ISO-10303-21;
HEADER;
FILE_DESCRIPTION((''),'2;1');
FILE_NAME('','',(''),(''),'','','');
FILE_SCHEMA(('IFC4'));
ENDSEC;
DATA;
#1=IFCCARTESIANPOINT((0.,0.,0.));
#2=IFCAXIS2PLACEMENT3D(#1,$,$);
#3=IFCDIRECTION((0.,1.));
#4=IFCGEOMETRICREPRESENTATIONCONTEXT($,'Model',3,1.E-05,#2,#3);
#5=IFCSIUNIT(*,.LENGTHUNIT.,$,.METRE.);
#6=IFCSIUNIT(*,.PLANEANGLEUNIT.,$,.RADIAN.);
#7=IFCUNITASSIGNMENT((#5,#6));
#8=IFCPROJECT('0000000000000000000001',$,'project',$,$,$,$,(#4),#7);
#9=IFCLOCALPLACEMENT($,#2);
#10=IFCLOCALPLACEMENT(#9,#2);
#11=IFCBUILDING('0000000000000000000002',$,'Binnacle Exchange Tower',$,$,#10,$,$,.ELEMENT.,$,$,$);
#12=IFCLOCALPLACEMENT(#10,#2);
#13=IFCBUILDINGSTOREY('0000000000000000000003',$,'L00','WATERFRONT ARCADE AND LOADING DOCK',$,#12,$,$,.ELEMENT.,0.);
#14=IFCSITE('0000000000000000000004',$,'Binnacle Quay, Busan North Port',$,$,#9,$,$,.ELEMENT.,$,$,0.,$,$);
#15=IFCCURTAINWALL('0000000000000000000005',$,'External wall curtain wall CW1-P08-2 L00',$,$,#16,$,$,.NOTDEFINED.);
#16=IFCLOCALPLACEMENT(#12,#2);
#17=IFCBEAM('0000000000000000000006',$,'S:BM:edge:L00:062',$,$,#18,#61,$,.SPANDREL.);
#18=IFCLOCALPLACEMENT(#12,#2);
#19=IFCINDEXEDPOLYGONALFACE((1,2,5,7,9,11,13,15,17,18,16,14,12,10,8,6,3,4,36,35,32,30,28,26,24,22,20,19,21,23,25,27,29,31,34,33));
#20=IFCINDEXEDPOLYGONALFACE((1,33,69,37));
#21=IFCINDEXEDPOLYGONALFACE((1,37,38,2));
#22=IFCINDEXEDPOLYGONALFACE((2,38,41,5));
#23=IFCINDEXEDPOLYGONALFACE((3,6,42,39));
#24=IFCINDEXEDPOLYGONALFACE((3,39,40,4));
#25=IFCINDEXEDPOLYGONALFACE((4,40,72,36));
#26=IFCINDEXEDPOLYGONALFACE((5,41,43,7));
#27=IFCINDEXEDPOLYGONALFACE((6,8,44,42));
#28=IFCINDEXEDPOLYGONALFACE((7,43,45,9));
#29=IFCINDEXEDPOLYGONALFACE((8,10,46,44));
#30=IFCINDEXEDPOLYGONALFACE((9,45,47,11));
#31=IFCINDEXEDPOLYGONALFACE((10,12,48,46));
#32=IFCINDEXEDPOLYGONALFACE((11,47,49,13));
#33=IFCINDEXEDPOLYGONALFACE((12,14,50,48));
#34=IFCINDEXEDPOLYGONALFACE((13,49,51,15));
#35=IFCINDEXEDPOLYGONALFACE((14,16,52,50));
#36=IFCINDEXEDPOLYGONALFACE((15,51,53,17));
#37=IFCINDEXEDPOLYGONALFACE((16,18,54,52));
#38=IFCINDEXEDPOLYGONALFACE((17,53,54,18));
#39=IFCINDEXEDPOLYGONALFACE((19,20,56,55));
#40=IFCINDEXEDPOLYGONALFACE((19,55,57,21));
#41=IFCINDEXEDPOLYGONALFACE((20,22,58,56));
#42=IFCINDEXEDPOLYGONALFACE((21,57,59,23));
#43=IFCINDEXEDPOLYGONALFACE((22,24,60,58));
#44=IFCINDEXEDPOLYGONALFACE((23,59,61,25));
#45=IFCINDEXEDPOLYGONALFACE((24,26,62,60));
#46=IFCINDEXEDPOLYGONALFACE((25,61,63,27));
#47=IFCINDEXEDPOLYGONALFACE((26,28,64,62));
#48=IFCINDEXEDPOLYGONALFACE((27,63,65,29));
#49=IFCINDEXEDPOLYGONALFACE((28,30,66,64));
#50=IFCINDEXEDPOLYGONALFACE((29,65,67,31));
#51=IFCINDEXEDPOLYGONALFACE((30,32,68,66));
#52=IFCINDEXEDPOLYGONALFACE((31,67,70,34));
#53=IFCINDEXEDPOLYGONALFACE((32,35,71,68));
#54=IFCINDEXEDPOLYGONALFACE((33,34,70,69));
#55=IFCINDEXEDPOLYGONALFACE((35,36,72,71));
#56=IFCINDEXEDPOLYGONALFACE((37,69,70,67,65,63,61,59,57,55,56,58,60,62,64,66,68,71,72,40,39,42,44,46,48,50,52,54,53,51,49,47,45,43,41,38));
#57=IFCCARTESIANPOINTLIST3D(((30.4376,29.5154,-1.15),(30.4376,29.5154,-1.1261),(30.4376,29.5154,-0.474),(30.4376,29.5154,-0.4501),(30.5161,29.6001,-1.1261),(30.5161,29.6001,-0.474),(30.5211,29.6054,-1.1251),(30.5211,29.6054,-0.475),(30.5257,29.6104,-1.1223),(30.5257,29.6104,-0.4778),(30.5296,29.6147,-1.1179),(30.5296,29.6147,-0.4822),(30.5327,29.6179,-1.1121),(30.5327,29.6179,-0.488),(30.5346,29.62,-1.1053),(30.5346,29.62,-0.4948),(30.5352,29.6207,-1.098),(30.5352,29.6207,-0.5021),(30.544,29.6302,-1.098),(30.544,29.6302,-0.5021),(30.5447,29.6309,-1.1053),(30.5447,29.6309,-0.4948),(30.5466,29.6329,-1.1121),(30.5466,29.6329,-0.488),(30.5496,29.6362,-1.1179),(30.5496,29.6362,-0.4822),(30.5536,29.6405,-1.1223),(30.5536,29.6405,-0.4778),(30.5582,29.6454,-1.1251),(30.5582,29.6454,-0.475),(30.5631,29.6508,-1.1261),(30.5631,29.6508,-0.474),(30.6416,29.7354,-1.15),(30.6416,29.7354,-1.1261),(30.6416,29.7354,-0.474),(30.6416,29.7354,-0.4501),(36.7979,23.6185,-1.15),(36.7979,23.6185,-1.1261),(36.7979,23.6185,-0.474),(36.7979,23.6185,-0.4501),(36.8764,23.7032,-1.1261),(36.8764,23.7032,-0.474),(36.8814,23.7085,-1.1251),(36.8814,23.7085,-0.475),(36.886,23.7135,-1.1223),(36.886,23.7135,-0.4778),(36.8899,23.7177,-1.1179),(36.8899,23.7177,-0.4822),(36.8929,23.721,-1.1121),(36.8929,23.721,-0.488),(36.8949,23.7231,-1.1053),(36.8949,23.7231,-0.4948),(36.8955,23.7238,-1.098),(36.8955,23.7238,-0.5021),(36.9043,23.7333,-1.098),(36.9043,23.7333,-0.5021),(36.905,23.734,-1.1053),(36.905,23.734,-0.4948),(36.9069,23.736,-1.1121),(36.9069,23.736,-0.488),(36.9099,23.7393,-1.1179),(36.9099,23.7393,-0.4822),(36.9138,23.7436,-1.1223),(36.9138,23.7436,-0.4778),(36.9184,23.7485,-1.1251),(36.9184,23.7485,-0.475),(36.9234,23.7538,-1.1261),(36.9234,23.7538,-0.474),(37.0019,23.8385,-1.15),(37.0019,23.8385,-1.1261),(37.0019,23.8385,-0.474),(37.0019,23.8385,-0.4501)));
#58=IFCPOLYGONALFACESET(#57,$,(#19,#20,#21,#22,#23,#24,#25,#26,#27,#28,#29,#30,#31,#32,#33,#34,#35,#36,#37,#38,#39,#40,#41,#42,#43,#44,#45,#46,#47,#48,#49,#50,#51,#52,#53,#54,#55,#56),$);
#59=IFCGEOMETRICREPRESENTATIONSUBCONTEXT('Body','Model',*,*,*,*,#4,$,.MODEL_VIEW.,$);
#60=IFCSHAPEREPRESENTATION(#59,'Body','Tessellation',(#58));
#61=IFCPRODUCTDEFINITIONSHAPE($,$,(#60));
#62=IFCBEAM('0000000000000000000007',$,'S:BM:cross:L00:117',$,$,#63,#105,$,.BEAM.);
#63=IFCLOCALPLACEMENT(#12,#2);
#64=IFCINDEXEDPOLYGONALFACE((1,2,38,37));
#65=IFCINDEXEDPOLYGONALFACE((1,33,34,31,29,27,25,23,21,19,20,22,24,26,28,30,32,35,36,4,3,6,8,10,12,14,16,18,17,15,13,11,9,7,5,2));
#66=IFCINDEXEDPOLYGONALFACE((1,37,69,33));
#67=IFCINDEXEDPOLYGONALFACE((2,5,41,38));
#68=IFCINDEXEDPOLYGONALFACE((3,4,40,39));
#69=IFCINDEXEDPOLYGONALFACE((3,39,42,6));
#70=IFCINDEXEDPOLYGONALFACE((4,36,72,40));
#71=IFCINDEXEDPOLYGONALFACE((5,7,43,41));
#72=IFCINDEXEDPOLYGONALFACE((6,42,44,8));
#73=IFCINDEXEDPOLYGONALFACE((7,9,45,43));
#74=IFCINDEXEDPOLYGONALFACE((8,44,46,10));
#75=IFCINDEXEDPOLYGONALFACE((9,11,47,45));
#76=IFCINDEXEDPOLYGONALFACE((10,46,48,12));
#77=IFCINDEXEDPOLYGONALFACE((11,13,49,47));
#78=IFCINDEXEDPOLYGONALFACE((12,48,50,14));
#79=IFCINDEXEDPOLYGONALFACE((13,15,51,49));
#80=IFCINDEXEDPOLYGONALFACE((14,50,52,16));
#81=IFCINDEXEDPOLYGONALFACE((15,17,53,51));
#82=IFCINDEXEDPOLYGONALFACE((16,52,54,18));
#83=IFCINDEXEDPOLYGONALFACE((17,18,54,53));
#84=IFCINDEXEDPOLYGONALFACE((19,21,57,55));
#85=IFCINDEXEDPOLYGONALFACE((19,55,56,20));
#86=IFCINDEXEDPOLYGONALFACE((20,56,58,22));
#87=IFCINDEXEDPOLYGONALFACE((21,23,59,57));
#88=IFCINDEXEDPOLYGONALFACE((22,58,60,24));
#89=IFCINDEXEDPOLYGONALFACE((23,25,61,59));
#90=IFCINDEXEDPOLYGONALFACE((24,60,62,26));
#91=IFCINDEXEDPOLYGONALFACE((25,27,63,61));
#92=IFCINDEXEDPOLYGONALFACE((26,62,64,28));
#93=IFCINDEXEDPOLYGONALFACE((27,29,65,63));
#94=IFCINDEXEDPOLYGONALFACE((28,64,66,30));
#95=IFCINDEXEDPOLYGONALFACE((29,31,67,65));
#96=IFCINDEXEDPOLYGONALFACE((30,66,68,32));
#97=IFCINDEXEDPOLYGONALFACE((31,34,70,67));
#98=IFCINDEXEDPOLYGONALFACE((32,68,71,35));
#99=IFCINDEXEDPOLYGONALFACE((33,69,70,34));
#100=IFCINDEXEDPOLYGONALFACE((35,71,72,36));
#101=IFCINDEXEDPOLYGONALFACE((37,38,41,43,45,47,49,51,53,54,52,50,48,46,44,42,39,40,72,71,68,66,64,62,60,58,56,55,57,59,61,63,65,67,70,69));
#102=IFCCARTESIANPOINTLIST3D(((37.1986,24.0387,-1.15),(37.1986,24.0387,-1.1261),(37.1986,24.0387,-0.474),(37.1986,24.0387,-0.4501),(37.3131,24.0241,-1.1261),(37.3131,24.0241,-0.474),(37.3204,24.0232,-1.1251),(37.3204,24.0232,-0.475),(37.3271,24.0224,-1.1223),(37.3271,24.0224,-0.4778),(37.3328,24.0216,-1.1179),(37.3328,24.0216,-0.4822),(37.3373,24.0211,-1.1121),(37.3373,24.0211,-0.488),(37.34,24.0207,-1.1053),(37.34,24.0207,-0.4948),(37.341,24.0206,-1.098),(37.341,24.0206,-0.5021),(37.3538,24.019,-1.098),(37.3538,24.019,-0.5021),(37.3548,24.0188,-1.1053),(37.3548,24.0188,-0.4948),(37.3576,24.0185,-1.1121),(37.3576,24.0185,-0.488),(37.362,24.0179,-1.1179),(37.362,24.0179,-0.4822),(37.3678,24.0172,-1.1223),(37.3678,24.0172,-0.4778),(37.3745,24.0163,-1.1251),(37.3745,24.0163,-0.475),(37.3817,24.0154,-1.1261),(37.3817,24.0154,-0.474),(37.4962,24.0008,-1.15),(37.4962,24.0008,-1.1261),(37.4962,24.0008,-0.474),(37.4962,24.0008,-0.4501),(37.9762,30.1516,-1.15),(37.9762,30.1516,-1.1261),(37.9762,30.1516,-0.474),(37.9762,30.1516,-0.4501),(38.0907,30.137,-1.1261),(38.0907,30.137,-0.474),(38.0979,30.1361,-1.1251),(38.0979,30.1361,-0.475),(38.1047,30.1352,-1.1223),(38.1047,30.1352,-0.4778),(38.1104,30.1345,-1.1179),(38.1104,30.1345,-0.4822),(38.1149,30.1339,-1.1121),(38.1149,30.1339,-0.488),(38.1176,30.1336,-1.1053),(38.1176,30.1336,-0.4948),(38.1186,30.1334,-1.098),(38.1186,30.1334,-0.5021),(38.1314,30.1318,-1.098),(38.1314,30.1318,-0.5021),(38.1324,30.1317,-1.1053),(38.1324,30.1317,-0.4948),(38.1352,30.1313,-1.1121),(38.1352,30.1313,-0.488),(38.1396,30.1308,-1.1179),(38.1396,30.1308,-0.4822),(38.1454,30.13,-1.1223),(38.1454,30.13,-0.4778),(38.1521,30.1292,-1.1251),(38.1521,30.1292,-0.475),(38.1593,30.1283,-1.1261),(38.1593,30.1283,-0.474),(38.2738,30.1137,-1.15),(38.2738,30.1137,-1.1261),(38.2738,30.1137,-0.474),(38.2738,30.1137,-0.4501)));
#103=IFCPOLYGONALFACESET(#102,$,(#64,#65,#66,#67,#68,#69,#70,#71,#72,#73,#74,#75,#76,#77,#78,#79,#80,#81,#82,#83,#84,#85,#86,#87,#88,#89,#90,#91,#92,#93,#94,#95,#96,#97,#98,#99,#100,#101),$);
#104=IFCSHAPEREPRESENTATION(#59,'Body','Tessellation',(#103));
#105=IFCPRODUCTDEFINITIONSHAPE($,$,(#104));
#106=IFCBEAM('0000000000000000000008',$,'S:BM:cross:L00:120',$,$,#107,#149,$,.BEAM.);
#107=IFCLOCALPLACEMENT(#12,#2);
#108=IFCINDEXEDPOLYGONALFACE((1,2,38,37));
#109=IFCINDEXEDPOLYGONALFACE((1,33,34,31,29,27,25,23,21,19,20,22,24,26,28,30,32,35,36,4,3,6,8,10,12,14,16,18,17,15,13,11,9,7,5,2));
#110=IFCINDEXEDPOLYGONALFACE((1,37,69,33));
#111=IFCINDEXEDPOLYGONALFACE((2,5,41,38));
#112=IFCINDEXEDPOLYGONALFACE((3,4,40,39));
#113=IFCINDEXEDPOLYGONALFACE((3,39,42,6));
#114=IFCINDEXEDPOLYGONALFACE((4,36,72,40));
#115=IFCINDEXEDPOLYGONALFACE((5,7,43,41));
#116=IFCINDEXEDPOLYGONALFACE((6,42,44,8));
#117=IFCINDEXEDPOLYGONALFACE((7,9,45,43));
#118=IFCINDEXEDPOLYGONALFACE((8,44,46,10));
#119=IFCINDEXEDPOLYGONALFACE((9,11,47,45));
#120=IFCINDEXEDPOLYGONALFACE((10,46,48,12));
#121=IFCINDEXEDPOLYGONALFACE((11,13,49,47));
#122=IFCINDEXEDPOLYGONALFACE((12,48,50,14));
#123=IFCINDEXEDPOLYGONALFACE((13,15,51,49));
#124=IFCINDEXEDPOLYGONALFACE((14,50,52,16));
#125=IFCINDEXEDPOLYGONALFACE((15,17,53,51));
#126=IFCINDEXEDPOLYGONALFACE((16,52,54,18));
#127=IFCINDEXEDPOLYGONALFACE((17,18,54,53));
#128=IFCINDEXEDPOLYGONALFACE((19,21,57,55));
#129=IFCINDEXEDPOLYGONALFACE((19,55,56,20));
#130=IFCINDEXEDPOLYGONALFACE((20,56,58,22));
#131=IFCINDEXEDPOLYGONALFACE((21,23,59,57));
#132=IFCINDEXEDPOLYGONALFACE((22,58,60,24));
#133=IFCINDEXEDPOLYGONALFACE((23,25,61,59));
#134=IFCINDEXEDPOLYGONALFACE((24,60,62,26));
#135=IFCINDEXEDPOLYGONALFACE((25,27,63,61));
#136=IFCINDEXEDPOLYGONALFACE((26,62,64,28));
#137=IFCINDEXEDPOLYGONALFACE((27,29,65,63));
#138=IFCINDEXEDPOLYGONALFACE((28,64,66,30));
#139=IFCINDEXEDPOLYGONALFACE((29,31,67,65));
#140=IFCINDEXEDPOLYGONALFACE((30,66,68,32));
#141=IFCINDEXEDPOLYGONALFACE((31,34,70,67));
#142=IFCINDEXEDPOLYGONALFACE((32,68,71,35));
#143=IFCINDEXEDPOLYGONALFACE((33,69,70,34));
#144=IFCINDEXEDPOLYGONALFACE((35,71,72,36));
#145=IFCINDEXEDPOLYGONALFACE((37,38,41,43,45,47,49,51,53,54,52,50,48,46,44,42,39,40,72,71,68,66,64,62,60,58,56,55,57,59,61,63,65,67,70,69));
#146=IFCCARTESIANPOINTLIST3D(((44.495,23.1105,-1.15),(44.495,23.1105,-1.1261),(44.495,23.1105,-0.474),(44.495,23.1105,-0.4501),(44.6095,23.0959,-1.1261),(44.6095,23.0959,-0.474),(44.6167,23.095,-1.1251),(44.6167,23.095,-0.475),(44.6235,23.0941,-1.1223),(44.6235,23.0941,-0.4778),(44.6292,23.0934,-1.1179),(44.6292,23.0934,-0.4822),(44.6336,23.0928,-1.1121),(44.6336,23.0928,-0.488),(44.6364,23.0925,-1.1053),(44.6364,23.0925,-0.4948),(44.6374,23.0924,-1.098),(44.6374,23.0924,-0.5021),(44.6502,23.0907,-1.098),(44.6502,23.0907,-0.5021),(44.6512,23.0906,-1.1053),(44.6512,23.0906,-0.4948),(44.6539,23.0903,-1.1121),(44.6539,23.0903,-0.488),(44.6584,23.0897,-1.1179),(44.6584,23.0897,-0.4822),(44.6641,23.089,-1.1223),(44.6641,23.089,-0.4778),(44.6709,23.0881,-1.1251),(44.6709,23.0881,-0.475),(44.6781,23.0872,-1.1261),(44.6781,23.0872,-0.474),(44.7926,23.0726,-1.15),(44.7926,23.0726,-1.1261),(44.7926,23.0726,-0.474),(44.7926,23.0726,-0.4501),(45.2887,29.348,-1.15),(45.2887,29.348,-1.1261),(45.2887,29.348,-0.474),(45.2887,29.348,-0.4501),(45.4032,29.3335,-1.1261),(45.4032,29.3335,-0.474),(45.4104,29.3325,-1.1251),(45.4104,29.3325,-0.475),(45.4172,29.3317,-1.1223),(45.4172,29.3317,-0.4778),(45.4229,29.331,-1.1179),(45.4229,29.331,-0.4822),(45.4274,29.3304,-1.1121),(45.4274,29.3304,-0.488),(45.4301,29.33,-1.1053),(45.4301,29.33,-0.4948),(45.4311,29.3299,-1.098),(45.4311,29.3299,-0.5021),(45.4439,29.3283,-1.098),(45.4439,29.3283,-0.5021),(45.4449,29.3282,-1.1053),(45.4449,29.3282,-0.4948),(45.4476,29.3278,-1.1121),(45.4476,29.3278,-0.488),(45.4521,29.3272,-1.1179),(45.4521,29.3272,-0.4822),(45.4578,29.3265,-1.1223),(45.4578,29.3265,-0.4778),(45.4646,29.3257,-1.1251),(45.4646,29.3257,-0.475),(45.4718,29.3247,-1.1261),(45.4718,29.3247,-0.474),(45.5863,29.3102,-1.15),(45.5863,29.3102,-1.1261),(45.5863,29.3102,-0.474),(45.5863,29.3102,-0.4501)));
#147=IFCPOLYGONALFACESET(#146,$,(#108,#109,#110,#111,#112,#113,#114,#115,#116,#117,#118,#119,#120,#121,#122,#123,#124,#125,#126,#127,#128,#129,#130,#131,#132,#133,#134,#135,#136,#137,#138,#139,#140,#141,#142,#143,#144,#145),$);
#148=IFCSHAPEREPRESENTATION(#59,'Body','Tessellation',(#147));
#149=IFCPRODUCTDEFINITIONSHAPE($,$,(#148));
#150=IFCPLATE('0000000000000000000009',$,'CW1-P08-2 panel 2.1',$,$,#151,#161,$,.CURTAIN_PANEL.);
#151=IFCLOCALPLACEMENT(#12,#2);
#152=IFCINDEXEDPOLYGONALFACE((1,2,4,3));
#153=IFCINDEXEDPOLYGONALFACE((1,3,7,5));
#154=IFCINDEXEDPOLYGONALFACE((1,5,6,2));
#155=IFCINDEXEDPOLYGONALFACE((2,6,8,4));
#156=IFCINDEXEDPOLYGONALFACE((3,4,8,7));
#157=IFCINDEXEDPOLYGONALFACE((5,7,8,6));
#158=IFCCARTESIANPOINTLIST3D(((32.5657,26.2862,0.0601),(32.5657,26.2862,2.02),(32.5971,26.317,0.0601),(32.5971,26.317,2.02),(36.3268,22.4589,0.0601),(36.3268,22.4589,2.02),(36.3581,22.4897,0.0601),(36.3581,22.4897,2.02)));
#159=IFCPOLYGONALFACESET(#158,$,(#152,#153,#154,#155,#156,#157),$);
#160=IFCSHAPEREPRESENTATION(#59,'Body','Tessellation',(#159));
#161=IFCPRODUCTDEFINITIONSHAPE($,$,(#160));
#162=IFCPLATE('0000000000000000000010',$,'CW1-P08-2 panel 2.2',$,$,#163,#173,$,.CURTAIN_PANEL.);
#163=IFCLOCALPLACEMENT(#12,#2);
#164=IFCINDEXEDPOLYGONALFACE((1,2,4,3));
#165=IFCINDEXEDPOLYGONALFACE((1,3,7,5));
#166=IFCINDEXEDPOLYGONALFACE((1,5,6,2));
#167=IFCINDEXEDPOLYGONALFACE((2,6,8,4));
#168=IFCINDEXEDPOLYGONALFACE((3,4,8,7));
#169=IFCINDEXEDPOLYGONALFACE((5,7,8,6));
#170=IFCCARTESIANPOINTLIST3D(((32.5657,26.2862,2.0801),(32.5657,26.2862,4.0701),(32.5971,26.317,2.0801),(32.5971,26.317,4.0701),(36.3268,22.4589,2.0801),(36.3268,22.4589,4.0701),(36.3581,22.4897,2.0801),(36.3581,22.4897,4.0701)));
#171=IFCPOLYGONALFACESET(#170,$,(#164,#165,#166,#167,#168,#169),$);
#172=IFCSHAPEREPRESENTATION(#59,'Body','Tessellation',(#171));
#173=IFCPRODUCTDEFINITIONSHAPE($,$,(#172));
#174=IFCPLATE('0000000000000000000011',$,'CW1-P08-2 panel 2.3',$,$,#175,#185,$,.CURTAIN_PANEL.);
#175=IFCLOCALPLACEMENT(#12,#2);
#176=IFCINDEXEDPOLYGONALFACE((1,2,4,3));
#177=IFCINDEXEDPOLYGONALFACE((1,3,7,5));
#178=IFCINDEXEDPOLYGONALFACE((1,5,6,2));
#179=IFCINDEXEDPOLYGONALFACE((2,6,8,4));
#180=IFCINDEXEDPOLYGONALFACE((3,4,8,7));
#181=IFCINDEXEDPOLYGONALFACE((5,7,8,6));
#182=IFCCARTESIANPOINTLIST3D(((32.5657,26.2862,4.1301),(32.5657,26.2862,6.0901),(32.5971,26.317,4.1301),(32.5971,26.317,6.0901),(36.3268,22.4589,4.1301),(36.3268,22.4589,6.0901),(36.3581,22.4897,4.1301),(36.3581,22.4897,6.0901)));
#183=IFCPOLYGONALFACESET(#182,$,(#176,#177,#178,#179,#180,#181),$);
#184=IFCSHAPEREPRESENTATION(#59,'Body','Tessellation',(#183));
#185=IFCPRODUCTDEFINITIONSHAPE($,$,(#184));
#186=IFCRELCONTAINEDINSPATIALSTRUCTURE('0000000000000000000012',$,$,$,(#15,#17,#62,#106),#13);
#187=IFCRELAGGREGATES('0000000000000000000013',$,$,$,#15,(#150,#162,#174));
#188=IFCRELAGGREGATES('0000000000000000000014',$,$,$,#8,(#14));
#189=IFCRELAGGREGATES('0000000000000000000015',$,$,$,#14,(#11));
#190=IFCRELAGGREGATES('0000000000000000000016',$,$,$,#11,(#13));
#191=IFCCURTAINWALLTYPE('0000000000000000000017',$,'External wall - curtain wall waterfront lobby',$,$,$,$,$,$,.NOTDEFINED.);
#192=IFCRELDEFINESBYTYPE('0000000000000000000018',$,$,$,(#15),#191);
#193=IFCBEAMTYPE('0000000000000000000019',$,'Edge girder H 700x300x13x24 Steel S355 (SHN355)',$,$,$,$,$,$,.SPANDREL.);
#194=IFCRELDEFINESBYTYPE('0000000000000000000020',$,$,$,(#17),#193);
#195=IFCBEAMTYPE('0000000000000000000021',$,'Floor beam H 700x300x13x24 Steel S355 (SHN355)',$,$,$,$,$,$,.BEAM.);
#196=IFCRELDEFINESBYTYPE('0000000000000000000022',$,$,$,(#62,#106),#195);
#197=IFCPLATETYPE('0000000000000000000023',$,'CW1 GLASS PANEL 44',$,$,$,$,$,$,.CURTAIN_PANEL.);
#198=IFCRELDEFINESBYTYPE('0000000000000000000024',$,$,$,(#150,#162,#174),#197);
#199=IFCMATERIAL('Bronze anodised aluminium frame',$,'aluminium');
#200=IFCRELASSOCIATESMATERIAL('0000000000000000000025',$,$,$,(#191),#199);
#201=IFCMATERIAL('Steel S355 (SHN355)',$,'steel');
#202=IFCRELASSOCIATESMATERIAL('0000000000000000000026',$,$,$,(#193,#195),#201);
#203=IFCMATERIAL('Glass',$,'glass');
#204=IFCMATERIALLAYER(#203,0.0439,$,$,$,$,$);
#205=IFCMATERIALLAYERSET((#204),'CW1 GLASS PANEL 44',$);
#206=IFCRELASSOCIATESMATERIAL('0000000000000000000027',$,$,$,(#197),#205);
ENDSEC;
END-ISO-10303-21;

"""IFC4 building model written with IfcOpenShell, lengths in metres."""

from ifc_helpers import new_model, si_unit, direction, frame, origin, origin_2d, place, context, subcontext, project, spatial, rectangle, i_section, extrude, material, layer, layer_set, material_profile, profile_set, type_object, element, aggregate, save


model = new_model("IFC4")

# Units and contexts
model_context = context("Model", 3, precision=1e-05, world=origin(), true_north=direction((0.0, 1.0)))
body_context = subcontext(model_context, "Body", "Model", "MODEL_VIEW")
ifc_project = project(units=[si_unit("LENGTHUNIT", "METRE"), si_unit("PLANEANGLEUNIT", "RADIAN")], contexts=[model_context])

# Site, building, storey
site_placement = place(None, origin())
site = spatial("IfcSite", under=ifc_project, at=site_placement, Name="Binnacle Quay, Busan North Port", CompositionType="ELEMENT", RefElevation=0.0)
building_placement = place(site_placement, origin())
building = spatial("IfcBuilding", under=site, at=building_placement, Name="Binnacle Exchange Tower", CompositionType="ELEMENT")
storey_placement = place(building_placement, origin())
storey = spatial("IfcBuildingStorey", under=building, at=storey_placement, Name="L00", Description="WATERFRONT ARCADE AND LOADING DOCK", CompositionType="ELEMENT", Elevation=0.0)

# Curtain wall
ifc_material_1 = material(Name="Bronze anodised aluminium frame", Category="aluminium")
curtain_wall_type = type_object("IfcCurtainWallType", Name="External wall - curtain wall waterfront lobby", PredefinedType="NOTDEFINED", material=ifc_material_1)
curtain_wall_placement = place(storey_placement, origin())
curtain_wall = element("IfcCurtainWall", 1, at=curtain_wall_placement, inside=storey, type_object=curtain_wall_type, Name="External wall curtain wall CW1-P08-2 L00", PredefinedType="NOTDEFINED")

# Beams
ifc_material_2 = material(Name="Steel S355 (SHN355)", Category="steel")
ifc_material_profile_1 = material_profile(ifc_material_2, i_section(OverallWidth=0.3, OverallDepth=0.7, WebThickness=0.0129, FlangeThickness=0.0239, FilletRadius=0.0281, at=origin_2d()), Name="H 700x300x13x24")
ifc_profile_set_1 = profile_set([ifc_material_profile_1], Name="Steel S355 (SHN355)")
beam_type_1 = type_object("IfcBeamType", Name="Edge girder H 700x300x13x24 Steel S355 (SHN355)", PredefinedType="SPANDREL", material=ifc_profile_set_1)
beam_1_placement = place(storey_placement, frame((36.8999, 23.7285, -0.8), z_axis=(-0.733315, 0.679889, 0.0), x_axis=(-0.679889, -0.733315, 0.0)))
element("IfcBeam", 2, at=beam_1_placement, inside=storey, type_object=beam_type_1, Name="S:BM:edge:L00:062", PredefinedType="SPANDREL", context=body_context, shape_type="SweptSolid", body=[
    extrude(i_section(OverallWidth=0.3, OverallDepth=0.7, WebThickness=0.0129, FlangeThickness=0.0239, FilletRadius=0.0281, at=origin_2d()), origin(), (0.0, 0.0, 1.0), 8.6733),
])
ifc_material_profile_2 = material_profile(ifc_material_2, i_section(OverallWidth=0.3, OverallDepth=0.7, WebThickness=0.0129, FlangeThickness=0.0239, FilletRadius=0.0281, at=origin_2d()), Name="H 700x300x13x24")
ifc_profile_set_2 = profile_set([ifc_material_profile_2], Name="Steel S355 (SHN355)")
beam_type_2 = type_object("IfcBeamType", Name="Floor beam H 700x300x13x24 Steel S355 (SHN355)", PredefinedType="BEAM", material=ifc_profile_set_2)
beam_2_placement = place(storey_placement, frame((37.3474, 24.0198, -0.8), z_axis=(0.12619, 0.992006, 0.0), x_axis=(-0.992006, 0.12619, 0.0)))
element("IfcBeam", 3, at=beam_2_placement, inside=storey, type_object=beam_type_2, Name="S:BM:cross:L00:117", PredefinedType="BEAM", context=body_context, shape_type="SweptSolid", body=[
    extrude(i_section(OverallWidth=0.3, OverallDepth=0.7, WebThickness=0.0129, FlangeThickness=0.0239, FilletRadius=0.0281, at=origin_2d()), origin(), (0.0, 0.0, 1.0), 6.1621),
])
beam_3_placement = place(storey_placement, frame((44.6438, 23.0916, -0.8), z_axis=(0.126228, 0.992001, 0.0), x_axis=(-0.992001, 0.126228, 0.0)))
element("IfcBeam", 4, at=beam_3_placement, inside=storey, type_object=beam_type_2, Name="S:BM:cross:L00:120", PredefinedType="BEAM", context=body_context, shape_type="SweptSolid", body=[
    extrude(i_section(OverallWidth=0.3, OverallDepth=0.7, WebThickness=0.0129, FlangeThickness=0.0239, FilletRadius=0.0281, at=origin_2d()), origin(), (0.0, 0.0, 1.0), 6.2878),
])

# Plates
ifc_material_3 = material(Name="Glass", Category="glass")
ifc_layer_1 = layer(ifc_material_3, 0.0439)
ifc_layer_set_1 = layer_set([ifc_layer_1], Name="CW1 GLASS PANEL 44")
plate_type = type_object("IfcPlateType", Name="CW1 GLASS PANEL 44", PredefinedType="CURTAIN_PANEL", material=ifc_layer_set_1)
plate_1_placement = place(storey_placement, frame((34.4619, 24.3879, 0.0601), z_axis=(0.0, 0.0, 1.0), x_axis=(0.700909, -0.71325, 0.0)))
plate_1 = element("IfcPlate", 5, at=plate_1_placement, type_object=plate_type, Name="CW1-P08-2 panel 2.1", PredefinedType="CURTAIN_PANEL", context=body_context, shape_type="SweptSolid", body=[
    extrude(rectangle(XDim=5.366, YDim=0.0439, at=origin_2d()), origin(), (0.0, 0.0, 1.0), 1.96),
])
plate_2_placement = place(storey_placement, frame((34.4619, 24.3879, 2.0801), z_axis=(0.0, 0.0, 1.0), x_axis=(0.700909, -0.71325, 0.0)))
plate_2 = element("IfcPlate", 6, at=plate_2_placement, type_object=plate_type, Name="CW1-P08-2 panel 2.2", PredefinedType="CURTAIN_PANEL", context=body_context, shape_type="SweptSolid", body=[
    extrude(rectangle(XDim=5.366, YDim=0.0439, at=origin_2d()), origin(), (0.0, 0.0, 1.0), 1.99),
])
plate_3_placement = place(storey_placement, frame((34.4619, 24.3879, 4.1301), z_axis=(0.0, 0.0, 1.0), x_axis=(0.700909, -0.71325, 0.0)))
plate_3 = element("IfcPlate", 7, at=plate_3_placement, type_object=plate_type, Name="CW1-P08-2 panel 2.3", PredefinedType="CURTAIN_PANEL", context=body_context, shape_type="SweptSolid", body=[
    extrude(rectangle(XDim=5.366, YDim=0.0439, at=origin_2d()), origin(), (0.0, 0.0, 1.0), 1.96),
])
aggregate(curtain_wall, [plate_1, plate_2, plate_3])

save(model, "model.ifc")
